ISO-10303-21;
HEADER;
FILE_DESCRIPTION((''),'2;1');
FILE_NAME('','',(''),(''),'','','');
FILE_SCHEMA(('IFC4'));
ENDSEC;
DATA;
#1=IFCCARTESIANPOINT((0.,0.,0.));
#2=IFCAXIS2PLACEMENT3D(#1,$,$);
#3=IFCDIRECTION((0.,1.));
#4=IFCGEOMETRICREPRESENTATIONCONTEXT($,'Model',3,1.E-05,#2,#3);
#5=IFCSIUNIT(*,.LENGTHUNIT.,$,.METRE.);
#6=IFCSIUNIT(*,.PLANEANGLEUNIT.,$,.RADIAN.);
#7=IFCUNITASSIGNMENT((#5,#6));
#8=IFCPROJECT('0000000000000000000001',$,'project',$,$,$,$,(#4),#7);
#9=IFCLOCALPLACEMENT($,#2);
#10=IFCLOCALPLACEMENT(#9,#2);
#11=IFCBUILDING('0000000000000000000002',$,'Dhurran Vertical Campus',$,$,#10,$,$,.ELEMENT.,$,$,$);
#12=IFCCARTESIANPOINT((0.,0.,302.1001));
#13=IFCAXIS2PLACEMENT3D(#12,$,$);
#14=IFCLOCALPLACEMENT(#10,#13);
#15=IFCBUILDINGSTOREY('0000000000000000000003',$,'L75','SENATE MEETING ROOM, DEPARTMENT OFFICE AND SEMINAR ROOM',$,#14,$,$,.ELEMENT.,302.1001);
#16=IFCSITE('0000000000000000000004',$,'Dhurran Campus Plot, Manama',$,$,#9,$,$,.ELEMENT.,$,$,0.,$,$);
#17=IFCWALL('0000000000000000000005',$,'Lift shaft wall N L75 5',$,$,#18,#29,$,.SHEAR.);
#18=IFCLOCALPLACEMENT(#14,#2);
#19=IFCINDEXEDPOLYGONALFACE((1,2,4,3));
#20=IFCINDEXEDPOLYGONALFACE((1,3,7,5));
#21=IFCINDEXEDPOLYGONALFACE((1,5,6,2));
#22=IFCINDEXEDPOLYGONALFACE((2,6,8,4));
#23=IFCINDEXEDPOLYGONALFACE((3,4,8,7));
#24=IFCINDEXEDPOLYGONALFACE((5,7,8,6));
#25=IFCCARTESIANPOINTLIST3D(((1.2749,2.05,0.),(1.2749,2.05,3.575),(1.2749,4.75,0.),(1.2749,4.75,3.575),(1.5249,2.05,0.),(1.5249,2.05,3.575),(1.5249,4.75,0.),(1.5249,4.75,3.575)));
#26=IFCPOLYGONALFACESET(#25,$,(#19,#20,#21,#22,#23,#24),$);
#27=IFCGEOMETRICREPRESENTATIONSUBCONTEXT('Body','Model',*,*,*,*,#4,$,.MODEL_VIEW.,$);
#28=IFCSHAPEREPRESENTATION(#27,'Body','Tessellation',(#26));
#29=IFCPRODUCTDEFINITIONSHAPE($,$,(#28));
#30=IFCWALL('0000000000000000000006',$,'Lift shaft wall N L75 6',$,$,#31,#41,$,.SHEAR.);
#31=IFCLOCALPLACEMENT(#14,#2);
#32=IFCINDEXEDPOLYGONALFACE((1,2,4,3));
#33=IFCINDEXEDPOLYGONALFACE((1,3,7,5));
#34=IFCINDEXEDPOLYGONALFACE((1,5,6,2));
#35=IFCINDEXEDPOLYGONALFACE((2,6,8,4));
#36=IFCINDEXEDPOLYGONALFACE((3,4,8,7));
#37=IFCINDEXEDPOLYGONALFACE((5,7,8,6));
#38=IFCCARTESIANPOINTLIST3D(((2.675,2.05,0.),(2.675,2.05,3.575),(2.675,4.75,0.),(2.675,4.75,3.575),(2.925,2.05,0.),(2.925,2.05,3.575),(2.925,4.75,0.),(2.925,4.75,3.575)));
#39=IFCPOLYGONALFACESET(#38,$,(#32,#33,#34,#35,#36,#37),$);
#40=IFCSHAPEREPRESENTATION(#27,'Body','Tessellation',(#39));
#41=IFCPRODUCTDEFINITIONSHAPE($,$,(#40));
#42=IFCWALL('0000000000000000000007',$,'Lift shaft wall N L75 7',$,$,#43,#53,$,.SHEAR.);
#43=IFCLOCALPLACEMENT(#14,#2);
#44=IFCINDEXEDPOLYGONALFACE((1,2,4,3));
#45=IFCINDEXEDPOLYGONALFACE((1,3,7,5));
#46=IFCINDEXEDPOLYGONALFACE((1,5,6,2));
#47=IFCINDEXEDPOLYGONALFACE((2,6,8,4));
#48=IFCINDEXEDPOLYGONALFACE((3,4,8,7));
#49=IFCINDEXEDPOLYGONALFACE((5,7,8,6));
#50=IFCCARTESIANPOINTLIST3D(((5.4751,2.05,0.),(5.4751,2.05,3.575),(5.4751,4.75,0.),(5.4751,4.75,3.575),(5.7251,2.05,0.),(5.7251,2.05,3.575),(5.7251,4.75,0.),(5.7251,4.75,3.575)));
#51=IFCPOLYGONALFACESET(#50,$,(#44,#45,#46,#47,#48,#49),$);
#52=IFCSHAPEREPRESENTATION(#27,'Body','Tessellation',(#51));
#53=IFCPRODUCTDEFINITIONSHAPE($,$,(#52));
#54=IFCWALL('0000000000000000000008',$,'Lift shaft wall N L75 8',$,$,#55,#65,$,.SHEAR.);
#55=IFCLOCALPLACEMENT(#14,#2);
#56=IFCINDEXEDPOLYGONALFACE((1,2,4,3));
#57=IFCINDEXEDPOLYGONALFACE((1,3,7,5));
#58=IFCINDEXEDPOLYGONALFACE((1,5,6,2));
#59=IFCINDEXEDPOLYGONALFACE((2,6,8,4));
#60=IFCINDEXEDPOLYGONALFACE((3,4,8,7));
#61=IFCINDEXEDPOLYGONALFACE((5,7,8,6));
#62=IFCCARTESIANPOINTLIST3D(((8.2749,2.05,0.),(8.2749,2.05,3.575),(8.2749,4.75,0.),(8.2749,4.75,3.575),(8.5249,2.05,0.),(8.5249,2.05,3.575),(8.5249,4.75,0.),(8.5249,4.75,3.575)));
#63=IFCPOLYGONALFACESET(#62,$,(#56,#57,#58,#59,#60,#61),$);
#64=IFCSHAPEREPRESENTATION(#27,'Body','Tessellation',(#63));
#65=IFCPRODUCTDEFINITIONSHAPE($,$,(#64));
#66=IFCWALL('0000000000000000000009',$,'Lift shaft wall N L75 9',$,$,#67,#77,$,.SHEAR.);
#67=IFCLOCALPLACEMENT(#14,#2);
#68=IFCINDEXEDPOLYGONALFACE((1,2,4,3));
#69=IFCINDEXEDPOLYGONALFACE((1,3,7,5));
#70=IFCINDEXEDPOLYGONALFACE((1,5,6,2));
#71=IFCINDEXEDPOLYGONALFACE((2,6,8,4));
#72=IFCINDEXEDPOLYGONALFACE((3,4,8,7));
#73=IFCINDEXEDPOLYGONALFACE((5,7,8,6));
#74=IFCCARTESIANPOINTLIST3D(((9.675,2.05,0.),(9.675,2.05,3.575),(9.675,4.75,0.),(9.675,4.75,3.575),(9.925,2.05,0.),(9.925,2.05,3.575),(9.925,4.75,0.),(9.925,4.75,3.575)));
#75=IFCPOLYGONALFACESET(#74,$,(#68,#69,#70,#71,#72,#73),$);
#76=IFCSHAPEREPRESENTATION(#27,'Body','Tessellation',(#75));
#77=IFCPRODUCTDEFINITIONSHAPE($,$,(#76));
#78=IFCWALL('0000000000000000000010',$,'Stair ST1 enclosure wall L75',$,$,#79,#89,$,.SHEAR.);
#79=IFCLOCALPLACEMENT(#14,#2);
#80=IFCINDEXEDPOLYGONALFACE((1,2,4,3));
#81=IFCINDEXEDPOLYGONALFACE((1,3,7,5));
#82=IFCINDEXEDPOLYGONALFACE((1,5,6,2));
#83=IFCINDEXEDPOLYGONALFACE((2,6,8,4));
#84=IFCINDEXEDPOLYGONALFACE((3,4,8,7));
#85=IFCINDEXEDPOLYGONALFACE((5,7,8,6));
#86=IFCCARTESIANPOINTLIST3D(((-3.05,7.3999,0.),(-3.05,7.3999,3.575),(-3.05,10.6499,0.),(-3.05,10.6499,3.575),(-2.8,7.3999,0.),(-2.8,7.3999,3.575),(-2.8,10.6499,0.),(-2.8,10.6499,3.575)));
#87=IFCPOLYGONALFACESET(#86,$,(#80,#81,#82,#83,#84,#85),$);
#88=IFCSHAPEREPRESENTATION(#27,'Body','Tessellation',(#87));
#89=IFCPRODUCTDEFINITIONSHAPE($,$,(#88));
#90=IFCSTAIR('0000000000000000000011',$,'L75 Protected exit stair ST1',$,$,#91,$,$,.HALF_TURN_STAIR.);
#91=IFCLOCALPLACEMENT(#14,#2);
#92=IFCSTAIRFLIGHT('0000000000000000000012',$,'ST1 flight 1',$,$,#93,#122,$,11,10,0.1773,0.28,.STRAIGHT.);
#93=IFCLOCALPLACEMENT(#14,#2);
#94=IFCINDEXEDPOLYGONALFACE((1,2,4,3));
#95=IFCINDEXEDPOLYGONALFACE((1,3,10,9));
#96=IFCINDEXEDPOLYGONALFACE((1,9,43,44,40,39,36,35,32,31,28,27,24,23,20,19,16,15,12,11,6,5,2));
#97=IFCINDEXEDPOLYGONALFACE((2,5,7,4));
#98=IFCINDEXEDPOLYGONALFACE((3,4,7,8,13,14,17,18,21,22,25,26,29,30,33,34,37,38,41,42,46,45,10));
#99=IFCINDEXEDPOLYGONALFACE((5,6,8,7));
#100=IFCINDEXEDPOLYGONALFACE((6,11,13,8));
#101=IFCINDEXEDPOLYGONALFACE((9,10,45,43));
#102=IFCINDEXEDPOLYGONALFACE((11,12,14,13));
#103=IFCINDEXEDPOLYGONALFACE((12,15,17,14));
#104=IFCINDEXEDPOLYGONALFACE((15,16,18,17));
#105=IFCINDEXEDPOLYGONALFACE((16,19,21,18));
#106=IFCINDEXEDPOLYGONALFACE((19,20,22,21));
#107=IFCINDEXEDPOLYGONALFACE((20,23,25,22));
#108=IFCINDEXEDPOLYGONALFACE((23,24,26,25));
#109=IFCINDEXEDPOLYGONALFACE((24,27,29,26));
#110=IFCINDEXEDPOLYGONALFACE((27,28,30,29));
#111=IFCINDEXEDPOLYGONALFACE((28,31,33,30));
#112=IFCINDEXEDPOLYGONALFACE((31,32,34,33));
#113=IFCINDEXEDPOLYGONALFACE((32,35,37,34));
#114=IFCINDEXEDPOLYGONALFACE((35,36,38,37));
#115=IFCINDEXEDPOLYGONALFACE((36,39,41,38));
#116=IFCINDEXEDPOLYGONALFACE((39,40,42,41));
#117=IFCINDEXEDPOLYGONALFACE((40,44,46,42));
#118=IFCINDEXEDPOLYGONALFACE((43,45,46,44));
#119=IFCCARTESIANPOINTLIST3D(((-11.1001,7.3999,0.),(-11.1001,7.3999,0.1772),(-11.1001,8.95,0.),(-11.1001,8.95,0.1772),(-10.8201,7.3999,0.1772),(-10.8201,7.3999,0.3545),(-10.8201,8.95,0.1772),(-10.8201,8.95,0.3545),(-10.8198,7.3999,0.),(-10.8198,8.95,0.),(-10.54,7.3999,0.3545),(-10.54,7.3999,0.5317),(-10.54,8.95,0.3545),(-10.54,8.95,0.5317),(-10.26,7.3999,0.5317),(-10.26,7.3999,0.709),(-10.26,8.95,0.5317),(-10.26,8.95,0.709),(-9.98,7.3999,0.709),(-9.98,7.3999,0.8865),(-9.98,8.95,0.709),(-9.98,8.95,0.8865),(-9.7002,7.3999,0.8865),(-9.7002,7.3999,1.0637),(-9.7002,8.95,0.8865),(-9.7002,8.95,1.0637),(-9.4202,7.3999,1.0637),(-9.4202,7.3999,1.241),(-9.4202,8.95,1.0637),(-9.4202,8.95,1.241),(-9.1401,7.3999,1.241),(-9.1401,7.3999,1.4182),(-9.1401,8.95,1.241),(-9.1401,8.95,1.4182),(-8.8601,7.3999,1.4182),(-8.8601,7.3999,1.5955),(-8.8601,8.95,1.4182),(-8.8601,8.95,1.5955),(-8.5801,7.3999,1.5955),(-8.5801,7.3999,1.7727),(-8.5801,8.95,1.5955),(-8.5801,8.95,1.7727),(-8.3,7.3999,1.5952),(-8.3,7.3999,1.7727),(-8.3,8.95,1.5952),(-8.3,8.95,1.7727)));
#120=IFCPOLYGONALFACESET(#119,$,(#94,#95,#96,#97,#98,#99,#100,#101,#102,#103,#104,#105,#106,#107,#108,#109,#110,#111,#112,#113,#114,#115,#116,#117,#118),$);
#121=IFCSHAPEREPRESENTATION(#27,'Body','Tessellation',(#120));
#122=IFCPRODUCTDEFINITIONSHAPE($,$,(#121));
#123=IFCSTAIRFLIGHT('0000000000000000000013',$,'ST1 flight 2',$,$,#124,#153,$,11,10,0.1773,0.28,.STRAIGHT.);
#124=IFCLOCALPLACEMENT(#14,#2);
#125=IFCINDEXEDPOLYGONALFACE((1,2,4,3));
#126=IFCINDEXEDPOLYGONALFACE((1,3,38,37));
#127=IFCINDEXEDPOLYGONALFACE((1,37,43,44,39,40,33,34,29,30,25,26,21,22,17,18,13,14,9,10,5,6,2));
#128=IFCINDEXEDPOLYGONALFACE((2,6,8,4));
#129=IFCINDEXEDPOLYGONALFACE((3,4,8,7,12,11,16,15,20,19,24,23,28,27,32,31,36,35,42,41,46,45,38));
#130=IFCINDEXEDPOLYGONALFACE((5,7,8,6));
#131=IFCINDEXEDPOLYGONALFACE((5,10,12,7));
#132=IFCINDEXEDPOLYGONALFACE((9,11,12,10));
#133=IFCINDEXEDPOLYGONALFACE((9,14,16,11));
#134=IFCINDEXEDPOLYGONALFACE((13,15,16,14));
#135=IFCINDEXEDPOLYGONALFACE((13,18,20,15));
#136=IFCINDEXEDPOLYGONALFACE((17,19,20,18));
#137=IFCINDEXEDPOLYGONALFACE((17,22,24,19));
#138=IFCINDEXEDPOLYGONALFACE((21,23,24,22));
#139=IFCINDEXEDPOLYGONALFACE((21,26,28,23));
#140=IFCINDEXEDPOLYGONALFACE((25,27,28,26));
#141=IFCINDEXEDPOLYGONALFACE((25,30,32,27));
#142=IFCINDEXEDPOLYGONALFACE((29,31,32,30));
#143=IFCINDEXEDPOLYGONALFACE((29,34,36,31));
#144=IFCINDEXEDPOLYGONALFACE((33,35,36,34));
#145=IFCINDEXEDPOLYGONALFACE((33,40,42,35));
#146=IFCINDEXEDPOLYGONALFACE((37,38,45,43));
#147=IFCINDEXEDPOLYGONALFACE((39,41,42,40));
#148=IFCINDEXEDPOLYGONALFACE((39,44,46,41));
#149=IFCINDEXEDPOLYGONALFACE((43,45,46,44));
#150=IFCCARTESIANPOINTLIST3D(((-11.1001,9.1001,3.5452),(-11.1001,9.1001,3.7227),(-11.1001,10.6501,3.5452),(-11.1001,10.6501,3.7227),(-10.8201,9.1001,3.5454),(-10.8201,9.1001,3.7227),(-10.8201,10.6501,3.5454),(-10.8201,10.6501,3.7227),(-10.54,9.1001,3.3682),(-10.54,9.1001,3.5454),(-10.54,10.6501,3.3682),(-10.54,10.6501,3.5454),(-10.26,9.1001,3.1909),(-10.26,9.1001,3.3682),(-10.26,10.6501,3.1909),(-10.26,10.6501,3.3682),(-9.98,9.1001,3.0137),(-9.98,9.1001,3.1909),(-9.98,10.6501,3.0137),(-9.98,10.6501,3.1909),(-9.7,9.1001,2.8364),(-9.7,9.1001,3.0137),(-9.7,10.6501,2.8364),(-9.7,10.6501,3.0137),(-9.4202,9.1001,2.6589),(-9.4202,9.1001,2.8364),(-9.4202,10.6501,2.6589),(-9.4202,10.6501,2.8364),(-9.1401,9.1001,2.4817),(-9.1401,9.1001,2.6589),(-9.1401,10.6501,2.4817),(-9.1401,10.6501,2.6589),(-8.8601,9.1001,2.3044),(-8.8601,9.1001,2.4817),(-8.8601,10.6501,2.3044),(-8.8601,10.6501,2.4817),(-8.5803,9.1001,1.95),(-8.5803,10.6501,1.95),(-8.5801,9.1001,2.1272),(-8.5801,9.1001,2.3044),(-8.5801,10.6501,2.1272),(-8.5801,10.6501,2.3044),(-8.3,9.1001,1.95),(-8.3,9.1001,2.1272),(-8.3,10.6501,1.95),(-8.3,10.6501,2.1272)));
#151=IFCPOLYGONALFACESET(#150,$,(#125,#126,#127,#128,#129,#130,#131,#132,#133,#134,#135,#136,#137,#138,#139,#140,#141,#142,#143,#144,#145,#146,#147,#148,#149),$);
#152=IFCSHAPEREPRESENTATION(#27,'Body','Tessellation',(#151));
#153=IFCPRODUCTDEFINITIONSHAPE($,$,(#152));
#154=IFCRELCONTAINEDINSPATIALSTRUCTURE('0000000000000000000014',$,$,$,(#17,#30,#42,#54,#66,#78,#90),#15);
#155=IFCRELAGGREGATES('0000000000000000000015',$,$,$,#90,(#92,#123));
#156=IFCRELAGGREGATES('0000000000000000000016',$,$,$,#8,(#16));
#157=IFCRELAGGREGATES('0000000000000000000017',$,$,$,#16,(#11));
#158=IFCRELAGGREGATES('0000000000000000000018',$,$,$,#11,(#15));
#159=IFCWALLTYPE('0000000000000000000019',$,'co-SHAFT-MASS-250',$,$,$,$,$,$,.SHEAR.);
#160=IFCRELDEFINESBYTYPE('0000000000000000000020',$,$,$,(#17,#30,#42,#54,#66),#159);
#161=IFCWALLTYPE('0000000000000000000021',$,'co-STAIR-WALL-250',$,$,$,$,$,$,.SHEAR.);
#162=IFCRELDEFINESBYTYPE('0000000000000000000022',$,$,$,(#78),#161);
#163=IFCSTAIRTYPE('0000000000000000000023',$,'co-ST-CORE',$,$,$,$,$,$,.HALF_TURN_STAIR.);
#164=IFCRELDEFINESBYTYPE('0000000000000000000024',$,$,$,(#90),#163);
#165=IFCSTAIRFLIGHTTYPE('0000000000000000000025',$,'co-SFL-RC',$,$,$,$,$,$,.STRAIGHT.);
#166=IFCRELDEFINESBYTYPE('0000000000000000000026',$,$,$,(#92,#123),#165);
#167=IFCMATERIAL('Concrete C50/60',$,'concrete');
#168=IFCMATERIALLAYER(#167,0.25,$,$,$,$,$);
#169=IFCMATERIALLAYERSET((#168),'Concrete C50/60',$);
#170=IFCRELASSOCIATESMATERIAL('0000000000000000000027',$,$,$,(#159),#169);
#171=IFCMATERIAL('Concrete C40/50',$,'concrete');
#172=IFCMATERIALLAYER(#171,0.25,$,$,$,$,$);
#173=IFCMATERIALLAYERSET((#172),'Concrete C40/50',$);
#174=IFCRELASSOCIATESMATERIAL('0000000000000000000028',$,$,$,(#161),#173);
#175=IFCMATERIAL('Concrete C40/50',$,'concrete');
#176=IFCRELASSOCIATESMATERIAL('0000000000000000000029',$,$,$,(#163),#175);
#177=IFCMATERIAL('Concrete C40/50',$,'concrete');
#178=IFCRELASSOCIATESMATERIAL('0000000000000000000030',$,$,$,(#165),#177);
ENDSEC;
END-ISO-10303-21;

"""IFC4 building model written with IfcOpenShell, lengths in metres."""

from ifc_helpers import new_model, si_unit, direction, frame, frame_2d, origin, place, context, subcontext, project, spatial, polyline, rectangle, outline, extrude, material, layer, layer_set, type_object, element, aggregate, save


model = new_model("IFC4")

# Units and contexts
model_context = context("Model", 3, precision=1e-05, world=origin(), true_north=direction((0.0, 1.0)))
body_context = subcontext(model_context, "Body", "Model", "MODEL_VIEW")
ifc_project = project(units=[si_unit("LENGTHUNIT", "METRE"), si_unit("PLANEANGLEUNIT", "RADIAN")], contexts=[model_context])

# Site, building, storey
site_placement = place(None, origin())
site = spatial("IfcSite", under=ifc_project, at=site_placement, Name="Dhurran Campus Plot, Manama", CompositionType="ELEMENT", RefElevation=0.0)
building_placement = place(site_placement, origin())
building = spatial("IfcBuilding", under=site, at=building_placement, Name="Dhurran Vertical Campus", CompositionType="ELEMENT")
storey_placement = place(building_placement, frame((0.0, 0.0, 302.1001)))
storey = spatial("IfcBuildingStorey", under=building, at=storey_placement, Name="L75", Description="SENATE MEETING ROOM, DEPARTMENT OFFICE AND SEMINAR ROOM", CompositionType="ELEMENT", Elevation=302.1001)

# Walls
ifc_material_1 = material(Name="Concrete C50/60", Category="concrete")
ifc_layer_1 = layer(ifc_material_1, 0.25)
ifc_layer_set_1 = layer_set([ifc_layer_1], Name="Concrete C50/60")
wall_type_1 = type_object("IfcWallType", Name="co-SHAFT-MASS-250", PredefinedType="SHEAR", material=ifc_layer_set_1)
wall_1_placement = place(storey_placement, origin())
element("IfcWall", 1, at=wall_1_placement, inside=storey, type_object=wall_type_1, Name="Lift shaft wall N L75 5", PredefinedType="SHEAR", context=body_context, shape_type="SweptSolid", body=[
    extrude(outline(polyline([(1.2749, 2.05), (1.5249, 2.05), (1.5249, 4.75), (1.2749, 4.75), (1.2749, 2.05)])), origin(), (0.0, 0.0, 1.0), 3.575),
])
wall_2_placement = place(storey_placement, origin())
element("IfcWall", 2, at=wall_2_placement, inside=storey, type_object=wall_type_1, Name="Lift shaft wall N L75 6", PredefinedType="SHEAR", context=body_context, shape_type="SweptSolid", body=[
    extrude(outline(polyline([(2.675, 2.05), (2.925, 2.05), (2.925, 4.75), (2.675, 4.75), (2.675, 2.05)])), origin(), (0.0, 0.0, 1.0), 3.575),
])
wall_3_placement = place(storey_placement, origin())
element("IfcWall", 3, at=wall_3_placement, inside=storey, type_object=wall_type_1, Name="Lift shaft wall N L75 7", PredefinedType="SHEAR", context=body_context, shape_type="SweptSolid", body=[
    extrude(outline(polyline([(5.4751, 2.05), (5.7251, 2.05), (5.7251, 4.75), (5.4751, 4.75), (5.4751, 2.05)])), origin(), (0.0, 0.0, 1.0), 3.575),
])
wall_4_placement = place(storey_placement, origin())
element("IfcWall", 4, at=wall_4_placement, inside=storey, type_object=wall_type_1, Name="Lift shaft wall N L75 8", PredefinedType="SHEAR", context=body_context, shape_type="SweptSolid", body=[
    extrude(outline(polyline([(8.2749, 2.05), (8.5249, 2.05), (8.5249, 4.75), (8.2749, 4.75), (8.2749, 2.05)])), origin(), (0.0, 0.0, 1.0), 3.575),
])
wall_5_placement = place(storey_placement, origin())
element("IfcWall", 5, at=wall_5_placement, inside=storey, type_object=wall_type_1, Name="Lift shaft wall N L75 9", PredefinedType="SHEAR", context=body_context, shape_type="SweptSolid", body=[
    extrude(outline(polyline([(9.675, 2.05), (9.925, 2.05), (9.925, 4.75), (9.675, 4.75), (9.675, 2.05)])), origin(), (0.0, 0.0, 1.0), 3.575),
])
ifc_material_2 = material(Name="Concrete C40/50", Category="concrete")
ifc_layer_2 = layer(ifc_material_2, 0.25)
ifc_layer_set_2 = layer_set([ifc_layer_2], Name="Concrete C40/50")
wall_type_2 = type_object("IfcWallType", Name="co-STAIR-WALL-250", PredefinedType="SHEAR", material=ifc_layer_set_2)
wall_6_placement = place(storey_placement, frame((-2.925, 7.3999, 0.0), z_axis=(0.0, 0.0, 1.0), x_axis=(0.0, 1.0, 0.0)))
element("IfcWall", 6, at=wall_6_placement, inside=storey, type_object=wall_type_2, Name="Stair ST1 enclosure wall L75", PredefinedType="SHEAR", context=body_context, shape_type="SweptSolid", body=[
    extrude(rectangle(XDim=3.25, YDim=0.25, at=frame_2d((1.625, 0.0))), origin(), (0.0, 0.0, 1.0), 3.575),
])

# Stair, stair flights
ifc_material_3 = material(Name="Concrete C40/50", Category="concrete")
stair_type = type_object("IfcStairType", Name="co-ST-CORE", PredefinedType="HALF_TURN_STAIR", material=ifc_material_3)
stair_placement = place(storey_placement, origin())
stair = element("IfcStair", 7, at=stair_placement, inside=storey, type_object=stair_type, Name="L75 Protected exit stair ST1", PredefinedType="HALF_TURN_STAIR")
ifc_material_4 = material(Name="Concrete C40/50", Category="concrete")
stair_flight_type = type_object("IfcStairFlightType", Name="co-SFL-RC", PredefinedType="STRAIGHT", material=ifc_material_4)
stair_flight_1_placement = place(storey_placement, frame((-11.1001, 8.175, 0.0), z_axis=(0.0, 0.0, 1.0), x_axis=(1.0, 0.0, 0.0)))
stair_flight_1 = element("IfcStairFlight", 8, at=stair_flight_1_placement, type_object=stair_flight_type, Name="ST1 flight 1", NumberOfRisers=11, NumberOfTreads=10, PredefinedType="STRAIGHT", RiserHeight=0.1773, TreadLength=0.28, context=body_context, shape_type="SweptSolid", body=[
    extrude(outline(polyline([(0.0, 0.0), (0.0, 0.1772), (0.28, 0.1772), (0.28, 0.3545), (0.5601, 0.3545), (0.5601, 0.5317), (0.8401, 0.5317), (0.8401, 0.709), (1.1201, 0.709), (1.1201, 0.8865), (1.3999, 0.8865), (1.3999, 1.0637), (1.6799, 1.0637), (1.6799, 1.241), (1.96, 1.241), (1.96, 1.4182), (2.24, 1.4182), (2.24, 1.5955), (2.52, 1.5955), (2.52, 1.7727), (2.8, 1.7727), (2.8, 1.95), (2.8, 1.5952), (0.2803, 0.0), (0.0, 0.0)])), frame((0.0, 0.7749, 0.0), z_axis=(0.0, -1.0, 0.0), x_axis=(1.0, 0.0, 0.0)), (0.0, 0.0, 1.0), 1.55),
])
stair_flight_2_placement = place(storey_placement, frame((-8.3, 9.875, 1.95), z_axis=(0.0, 0.0, 1.0), x_axis=(-1.0, 0.0, 0.0)))
stair_flight_2 = element("IfcStairFlight", 9, at=stair_flight_2_placement, type_object=stair_flight_type, Name="ST1 flight 2", NumberOfRisers=11, NumberOfTreads=10, PredefinedType="STRAIGHT", RiserHeight=0.1773, TreadLength=0.28, context=body_context, shape_type="SweptSolid", body=[
    extrude(outline(polyline([(0.0, 0.0), (0.0, 0.1772), (0.28, 0.1772), (0.28, 0.3545), (0.5601, 0.3545), (0.5601, 0.5317), (0.8401, 0.5317), (0.8401, 0.709), (1.1201, 0.709), (1.1201, 0.8865), (1.3999, 0.8865), (1.3999, 1.0637), (1.6799, 1.0637), (1.6799, 1.241), (1.96, 1.241), (1.96, 1.4182), (2.24, 1.4182), (2.24, 1.5955), (2.52, 1.5955), (2.52, 1.7727), (2.8, 1.7727), (2.8, 1.95), (2.8, 1.5952), (0.2803, 0.0), (0.0, 0.0)])), frame((0.0, 0.7749, 0.0), z_axis=(0.0, -1.0, 0.0), x_axis=(1.0, 0.0, 0.0)), (0.0, 0.0, 1.0), 1.55),
])
aggregate(stair, [stair_flight_1, stair_flight_2])

save(model, "model.ifc")
